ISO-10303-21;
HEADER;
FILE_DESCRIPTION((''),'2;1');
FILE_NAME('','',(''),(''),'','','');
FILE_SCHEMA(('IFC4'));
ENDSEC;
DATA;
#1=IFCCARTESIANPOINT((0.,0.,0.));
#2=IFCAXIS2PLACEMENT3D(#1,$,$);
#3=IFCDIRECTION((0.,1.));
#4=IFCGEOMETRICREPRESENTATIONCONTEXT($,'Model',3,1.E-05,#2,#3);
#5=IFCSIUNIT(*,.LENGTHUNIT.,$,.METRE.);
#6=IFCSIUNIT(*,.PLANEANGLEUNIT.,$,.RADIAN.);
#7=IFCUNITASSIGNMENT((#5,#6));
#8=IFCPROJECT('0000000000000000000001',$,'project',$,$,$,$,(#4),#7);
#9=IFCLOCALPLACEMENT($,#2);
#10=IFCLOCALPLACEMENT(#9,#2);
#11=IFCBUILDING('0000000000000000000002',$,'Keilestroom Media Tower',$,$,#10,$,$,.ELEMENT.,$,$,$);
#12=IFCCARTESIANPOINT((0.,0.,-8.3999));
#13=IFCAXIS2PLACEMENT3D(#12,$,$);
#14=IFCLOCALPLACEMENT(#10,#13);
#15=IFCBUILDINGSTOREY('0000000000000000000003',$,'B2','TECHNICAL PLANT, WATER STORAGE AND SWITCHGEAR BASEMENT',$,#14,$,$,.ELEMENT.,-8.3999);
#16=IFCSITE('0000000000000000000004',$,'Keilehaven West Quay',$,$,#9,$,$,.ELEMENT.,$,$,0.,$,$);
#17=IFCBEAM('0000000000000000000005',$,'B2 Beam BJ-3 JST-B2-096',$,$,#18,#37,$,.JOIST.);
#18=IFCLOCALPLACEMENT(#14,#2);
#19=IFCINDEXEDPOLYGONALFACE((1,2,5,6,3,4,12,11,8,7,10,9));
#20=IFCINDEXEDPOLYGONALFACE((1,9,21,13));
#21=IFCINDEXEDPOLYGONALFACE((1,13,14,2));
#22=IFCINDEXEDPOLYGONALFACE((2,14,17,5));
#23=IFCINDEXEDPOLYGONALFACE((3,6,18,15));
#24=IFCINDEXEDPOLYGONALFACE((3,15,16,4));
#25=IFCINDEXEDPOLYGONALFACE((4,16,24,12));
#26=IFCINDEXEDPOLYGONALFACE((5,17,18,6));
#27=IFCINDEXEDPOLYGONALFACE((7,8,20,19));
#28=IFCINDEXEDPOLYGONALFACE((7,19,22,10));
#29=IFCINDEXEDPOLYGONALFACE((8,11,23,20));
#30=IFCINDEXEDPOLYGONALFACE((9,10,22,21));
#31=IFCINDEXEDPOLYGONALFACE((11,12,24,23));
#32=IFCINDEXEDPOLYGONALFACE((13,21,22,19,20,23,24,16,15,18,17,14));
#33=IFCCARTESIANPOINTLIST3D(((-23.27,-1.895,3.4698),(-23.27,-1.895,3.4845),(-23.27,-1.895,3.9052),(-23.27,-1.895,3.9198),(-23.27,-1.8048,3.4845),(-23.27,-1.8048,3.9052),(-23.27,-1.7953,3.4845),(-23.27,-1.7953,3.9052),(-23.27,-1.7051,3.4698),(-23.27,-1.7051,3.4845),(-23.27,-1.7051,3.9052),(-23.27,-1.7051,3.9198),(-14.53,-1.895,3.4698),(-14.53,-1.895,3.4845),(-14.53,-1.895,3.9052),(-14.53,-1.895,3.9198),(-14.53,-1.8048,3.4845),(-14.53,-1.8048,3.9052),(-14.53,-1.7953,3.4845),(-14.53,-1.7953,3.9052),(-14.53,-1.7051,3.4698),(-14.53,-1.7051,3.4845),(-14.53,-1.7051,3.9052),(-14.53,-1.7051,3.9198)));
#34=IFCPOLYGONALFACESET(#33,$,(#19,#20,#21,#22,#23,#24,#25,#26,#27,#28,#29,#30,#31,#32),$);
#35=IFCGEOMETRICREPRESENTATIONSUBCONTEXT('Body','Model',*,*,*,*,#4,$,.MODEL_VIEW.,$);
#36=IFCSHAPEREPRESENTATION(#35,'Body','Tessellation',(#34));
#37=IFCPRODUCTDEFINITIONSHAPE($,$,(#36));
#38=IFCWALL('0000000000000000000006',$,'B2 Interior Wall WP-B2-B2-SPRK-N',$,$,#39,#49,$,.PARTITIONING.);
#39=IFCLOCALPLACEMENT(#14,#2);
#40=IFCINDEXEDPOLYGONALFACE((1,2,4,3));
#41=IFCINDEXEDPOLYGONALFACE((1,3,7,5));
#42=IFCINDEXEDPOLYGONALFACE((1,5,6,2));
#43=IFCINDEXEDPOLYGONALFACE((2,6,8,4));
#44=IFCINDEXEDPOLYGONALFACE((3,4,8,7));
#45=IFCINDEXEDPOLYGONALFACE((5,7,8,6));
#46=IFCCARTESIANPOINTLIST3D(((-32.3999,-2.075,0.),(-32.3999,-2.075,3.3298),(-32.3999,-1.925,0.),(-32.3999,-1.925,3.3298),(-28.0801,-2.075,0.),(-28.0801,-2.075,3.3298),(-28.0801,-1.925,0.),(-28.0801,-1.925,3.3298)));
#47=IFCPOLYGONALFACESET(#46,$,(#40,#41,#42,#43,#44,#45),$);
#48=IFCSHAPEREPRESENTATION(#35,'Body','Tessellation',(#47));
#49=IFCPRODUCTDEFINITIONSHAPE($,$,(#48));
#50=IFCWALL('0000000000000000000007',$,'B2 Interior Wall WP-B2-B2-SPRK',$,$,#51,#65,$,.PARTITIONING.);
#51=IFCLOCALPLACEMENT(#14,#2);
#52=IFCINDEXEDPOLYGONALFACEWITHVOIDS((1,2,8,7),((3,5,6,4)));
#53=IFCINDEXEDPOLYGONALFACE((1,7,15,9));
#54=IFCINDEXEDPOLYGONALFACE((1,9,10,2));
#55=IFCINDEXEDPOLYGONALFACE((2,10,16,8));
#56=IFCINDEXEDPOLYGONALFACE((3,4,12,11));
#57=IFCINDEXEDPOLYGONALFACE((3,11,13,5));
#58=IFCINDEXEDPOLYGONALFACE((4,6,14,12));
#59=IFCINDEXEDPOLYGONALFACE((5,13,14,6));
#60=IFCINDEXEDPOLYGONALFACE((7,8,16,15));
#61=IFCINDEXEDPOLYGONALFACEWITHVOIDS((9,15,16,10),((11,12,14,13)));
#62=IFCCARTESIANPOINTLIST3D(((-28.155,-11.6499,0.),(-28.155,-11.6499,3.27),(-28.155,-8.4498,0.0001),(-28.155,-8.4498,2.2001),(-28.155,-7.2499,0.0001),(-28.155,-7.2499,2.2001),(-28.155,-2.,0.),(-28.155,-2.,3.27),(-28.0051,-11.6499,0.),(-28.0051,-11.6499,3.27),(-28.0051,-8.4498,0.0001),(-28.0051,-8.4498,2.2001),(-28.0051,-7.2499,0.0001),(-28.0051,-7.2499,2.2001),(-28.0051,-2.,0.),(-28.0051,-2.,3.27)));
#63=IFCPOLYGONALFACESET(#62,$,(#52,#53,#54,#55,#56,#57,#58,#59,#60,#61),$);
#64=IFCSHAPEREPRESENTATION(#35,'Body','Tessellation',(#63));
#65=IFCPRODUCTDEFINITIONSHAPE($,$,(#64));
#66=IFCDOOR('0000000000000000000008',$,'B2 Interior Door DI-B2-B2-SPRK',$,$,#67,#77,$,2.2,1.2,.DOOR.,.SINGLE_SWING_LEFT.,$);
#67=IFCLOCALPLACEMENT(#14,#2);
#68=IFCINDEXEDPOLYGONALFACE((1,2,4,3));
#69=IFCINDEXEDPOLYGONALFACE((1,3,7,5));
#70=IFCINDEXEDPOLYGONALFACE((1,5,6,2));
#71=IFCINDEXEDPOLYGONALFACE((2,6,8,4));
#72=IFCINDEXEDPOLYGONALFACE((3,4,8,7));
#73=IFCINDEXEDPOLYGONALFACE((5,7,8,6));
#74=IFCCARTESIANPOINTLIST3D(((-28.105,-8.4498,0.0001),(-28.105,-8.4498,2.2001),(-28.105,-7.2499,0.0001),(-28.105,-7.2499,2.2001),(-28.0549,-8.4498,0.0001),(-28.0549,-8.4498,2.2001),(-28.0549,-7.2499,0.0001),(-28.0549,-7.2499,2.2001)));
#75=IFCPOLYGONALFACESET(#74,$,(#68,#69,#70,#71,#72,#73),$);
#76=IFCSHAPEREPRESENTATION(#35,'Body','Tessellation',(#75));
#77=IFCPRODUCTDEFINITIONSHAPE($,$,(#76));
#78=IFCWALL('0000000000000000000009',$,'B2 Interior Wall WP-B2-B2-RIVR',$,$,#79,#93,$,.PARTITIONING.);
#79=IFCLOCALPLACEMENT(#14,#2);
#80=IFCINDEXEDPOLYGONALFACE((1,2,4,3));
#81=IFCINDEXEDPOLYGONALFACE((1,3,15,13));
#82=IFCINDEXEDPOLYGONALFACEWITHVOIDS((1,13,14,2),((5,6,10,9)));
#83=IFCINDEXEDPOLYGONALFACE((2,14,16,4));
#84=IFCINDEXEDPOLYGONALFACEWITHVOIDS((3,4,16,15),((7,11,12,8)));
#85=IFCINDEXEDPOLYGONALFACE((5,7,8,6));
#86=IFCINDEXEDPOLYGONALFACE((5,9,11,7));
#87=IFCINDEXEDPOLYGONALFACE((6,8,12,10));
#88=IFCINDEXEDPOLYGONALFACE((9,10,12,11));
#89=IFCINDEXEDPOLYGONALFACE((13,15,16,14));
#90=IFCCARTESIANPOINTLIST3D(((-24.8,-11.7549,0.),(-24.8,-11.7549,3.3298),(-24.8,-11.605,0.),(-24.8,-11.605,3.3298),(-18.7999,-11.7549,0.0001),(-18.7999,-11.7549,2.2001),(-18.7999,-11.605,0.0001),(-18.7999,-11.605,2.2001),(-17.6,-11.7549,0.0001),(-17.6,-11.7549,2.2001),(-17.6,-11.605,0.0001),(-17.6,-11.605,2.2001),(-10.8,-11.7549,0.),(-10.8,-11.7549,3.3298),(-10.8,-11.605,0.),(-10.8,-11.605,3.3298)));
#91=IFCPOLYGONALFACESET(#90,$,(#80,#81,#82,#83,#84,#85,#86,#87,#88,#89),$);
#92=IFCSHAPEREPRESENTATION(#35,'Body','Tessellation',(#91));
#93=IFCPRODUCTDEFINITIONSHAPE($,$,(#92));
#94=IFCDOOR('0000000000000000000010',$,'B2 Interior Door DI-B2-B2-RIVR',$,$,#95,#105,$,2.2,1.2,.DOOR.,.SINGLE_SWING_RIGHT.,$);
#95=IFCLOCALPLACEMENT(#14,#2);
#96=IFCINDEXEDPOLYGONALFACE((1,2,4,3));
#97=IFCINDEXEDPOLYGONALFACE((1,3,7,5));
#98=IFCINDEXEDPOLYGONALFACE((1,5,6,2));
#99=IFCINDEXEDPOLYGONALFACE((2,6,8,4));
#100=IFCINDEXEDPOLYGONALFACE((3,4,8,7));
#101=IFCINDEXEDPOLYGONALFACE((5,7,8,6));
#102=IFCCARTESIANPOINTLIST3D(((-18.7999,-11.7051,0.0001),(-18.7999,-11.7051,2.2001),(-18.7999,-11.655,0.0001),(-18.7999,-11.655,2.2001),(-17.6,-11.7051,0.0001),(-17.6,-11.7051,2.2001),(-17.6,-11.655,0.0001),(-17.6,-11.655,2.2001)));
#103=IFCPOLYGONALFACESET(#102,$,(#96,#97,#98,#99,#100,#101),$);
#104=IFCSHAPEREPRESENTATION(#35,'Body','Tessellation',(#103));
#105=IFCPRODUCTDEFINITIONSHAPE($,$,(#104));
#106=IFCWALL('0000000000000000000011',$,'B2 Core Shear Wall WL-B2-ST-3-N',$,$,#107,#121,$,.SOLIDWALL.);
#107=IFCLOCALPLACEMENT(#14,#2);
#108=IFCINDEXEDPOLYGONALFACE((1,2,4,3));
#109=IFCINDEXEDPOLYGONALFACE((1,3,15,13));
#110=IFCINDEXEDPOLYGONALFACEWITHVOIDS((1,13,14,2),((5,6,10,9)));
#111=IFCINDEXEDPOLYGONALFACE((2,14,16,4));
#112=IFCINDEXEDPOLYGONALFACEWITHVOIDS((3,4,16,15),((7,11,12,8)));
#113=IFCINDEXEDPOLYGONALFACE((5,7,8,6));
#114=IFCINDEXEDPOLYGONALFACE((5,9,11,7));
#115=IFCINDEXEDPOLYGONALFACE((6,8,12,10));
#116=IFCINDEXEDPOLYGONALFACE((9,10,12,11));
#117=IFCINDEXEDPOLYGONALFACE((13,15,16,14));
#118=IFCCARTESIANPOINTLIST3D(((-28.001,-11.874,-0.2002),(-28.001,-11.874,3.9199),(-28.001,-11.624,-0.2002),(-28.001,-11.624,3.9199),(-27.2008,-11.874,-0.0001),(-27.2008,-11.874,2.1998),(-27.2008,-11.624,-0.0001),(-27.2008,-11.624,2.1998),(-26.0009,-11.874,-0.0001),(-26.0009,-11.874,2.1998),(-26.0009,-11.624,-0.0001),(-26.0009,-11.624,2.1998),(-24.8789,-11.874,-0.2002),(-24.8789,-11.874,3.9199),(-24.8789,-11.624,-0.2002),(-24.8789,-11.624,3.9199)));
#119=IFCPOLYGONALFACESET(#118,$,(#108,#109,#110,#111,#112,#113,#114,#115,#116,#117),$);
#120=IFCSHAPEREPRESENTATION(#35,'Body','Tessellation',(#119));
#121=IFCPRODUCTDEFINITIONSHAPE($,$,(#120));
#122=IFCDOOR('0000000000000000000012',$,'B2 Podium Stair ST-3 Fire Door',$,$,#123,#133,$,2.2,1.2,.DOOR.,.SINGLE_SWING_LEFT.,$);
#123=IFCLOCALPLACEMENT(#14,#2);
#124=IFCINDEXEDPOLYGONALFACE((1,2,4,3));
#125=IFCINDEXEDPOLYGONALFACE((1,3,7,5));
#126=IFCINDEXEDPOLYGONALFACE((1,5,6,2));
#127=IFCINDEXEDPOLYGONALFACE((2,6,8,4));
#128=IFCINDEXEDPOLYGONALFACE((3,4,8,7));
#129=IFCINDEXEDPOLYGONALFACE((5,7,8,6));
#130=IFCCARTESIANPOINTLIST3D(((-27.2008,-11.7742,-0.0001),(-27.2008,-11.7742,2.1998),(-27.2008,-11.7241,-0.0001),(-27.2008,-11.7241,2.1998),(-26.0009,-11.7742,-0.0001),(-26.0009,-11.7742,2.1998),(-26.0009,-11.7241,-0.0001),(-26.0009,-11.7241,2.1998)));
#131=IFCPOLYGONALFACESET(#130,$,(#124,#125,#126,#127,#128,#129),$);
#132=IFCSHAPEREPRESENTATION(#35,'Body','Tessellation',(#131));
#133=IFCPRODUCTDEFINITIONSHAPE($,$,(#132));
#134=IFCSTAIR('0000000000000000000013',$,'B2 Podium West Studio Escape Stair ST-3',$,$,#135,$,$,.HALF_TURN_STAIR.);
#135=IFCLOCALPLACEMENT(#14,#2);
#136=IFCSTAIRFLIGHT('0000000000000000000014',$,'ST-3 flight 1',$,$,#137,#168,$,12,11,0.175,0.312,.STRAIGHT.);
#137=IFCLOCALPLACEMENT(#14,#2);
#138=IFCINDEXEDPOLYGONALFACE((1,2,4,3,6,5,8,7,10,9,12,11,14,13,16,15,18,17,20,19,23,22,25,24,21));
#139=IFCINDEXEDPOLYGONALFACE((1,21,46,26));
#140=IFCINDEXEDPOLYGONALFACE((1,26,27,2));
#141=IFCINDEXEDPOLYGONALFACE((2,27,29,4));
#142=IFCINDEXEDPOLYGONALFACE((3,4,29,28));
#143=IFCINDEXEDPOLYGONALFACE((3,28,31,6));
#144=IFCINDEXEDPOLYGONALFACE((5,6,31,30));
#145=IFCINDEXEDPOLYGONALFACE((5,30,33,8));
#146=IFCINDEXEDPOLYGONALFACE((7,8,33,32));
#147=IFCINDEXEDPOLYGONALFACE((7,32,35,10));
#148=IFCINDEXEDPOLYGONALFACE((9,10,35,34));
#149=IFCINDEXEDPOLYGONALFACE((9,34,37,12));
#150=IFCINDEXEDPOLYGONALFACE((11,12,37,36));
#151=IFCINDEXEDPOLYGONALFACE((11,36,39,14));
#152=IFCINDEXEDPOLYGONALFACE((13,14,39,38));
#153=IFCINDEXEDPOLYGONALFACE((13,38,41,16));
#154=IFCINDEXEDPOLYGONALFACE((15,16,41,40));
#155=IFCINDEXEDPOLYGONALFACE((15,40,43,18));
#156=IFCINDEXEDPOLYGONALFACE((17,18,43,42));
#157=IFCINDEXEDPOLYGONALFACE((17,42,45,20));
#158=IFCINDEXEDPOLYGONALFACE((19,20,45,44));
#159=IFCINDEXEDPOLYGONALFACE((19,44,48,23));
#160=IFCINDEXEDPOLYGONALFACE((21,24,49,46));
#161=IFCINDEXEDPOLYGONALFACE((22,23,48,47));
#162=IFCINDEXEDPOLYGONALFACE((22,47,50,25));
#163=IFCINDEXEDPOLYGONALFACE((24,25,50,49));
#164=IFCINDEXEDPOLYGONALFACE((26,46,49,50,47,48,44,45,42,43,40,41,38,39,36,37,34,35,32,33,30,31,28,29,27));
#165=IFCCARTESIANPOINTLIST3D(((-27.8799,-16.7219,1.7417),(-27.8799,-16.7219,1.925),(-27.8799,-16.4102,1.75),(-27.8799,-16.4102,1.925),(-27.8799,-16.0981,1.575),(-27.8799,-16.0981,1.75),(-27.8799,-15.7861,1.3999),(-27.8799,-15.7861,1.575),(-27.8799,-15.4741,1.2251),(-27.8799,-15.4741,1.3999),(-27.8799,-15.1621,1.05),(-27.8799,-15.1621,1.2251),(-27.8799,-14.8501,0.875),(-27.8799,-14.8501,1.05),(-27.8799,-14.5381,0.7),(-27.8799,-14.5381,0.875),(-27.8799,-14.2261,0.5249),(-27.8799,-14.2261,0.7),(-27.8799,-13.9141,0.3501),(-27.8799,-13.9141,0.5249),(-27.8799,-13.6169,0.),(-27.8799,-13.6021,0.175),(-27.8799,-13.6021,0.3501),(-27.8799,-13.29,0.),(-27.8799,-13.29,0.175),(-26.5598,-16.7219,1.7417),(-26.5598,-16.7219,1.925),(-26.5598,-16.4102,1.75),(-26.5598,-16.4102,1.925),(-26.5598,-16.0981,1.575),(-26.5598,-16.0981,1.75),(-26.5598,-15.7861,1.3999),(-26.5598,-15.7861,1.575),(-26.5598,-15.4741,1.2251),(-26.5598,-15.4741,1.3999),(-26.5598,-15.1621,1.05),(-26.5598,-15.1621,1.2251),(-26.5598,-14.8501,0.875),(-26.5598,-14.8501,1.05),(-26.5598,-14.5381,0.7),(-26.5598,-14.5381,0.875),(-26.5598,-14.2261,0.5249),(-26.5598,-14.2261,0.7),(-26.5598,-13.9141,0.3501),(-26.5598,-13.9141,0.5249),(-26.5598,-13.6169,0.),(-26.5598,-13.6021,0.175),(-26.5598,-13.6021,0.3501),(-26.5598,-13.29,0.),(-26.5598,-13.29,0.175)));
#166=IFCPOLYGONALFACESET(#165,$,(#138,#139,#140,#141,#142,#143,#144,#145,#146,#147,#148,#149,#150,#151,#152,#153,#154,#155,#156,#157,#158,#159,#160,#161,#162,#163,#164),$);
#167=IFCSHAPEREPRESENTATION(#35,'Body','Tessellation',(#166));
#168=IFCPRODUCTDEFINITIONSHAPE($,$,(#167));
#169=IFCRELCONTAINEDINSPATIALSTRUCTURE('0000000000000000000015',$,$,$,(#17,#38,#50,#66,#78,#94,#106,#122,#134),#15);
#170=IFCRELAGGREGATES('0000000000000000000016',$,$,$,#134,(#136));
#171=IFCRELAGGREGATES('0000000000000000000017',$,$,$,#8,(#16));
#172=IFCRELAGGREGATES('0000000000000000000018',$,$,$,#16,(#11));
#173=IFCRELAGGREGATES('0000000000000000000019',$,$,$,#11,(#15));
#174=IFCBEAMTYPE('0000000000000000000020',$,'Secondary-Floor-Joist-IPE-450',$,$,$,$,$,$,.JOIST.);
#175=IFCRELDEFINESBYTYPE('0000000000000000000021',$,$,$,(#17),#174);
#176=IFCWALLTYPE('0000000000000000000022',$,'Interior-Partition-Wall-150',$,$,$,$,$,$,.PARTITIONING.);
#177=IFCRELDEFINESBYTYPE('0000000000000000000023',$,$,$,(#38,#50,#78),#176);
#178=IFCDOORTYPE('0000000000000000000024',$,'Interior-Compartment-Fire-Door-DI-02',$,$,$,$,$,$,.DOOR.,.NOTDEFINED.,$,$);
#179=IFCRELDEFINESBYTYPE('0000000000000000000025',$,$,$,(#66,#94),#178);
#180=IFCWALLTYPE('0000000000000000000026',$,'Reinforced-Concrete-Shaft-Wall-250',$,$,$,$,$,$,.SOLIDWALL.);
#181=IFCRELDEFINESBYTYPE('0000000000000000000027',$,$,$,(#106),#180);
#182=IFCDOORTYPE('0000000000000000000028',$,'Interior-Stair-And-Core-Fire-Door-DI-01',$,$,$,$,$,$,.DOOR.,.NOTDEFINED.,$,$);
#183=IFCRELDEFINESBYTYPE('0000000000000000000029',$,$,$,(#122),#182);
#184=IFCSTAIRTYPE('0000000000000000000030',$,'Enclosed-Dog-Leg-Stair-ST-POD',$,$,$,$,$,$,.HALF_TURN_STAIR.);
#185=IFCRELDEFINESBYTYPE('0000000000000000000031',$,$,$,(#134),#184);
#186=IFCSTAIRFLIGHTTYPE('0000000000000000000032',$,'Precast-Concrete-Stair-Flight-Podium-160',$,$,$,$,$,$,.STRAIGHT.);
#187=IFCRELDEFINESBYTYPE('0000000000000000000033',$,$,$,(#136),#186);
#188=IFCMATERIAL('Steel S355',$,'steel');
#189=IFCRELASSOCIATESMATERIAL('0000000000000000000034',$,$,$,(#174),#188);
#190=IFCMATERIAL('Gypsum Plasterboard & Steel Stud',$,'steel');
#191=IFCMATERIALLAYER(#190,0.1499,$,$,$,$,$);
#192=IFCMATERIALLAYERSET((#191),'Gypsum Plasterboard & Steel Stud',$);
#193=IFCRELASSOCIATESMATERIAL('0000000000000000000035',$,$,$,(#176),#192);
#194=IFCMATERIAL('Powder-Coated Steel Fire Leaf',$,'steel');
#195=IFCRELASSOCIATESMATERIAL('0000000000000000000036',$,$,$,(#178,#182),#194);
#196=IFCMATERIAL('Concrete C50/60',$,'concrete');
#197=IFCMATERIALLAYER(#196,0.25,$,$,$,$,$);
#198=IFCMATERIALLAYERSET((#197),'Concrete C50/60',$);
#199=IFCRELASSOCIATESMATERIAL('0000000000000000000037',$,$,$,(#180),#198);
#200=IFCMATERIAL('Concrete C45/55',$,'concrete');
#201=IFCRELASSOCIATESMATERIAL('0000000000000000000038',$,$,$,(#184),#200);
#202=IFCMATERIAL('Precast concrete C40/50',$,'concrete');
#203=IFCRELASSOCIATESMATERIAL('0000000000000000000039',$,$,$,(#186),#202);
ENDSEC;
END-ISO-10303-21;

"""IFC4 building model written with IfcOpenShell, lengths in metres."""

from ifc_helpers import new_model, si_unit, direction, frame, frame_2d, origin, origin_2d, place, context, subcontext, project, spatial, polyline, rectangle, i_section, outline, extrude, source, transform, mapped, material, layer, layer_set, material_profile, profile_set, type_object, element, fill, aggregate, save


model = new_model("IFC4")

# Units and contexts
model_context = context("Model", 3, precision=1e-05, world=origin(), true_north=direction((0.0, 1.0)))
body_context = subcontext(model_context, "Body", "Model", "MODEL_VIEW")
ifc_project = project(units=[si_unit("LENGTHUNIT", "METRE"), si_unit("PLANEANGLEUNIT", "RADIAN")], contexts=[model_context])

# Site, building, storey
site_placement = place(None, origin())
site = spatial("IfcSite", under=ifc_project, at=site_placement, Name="Keilehaven West Quay", CompositionType="ELEMENT", RefElevation=0.0)
building_placement = place(site_placement, origin())
building = spatial("IfcBuilding", under=site, at=building_placement, Name="Keilestroom Media Tower", CompositionType="ELEMENT")
storey_placement = place(building_placement, frame((0.0, 0.0, -8.3999)))
storey = spatial("IfcBuildingStorey", under=building, at=storey_placement, Name="B2", Description="TECHNICAL PLANT, WATER STORAGE AND SWITCHGEAR BASEMENT", CompositionType="ELEMENT", Elevation=-8.3999)

# Shared definitions
ifc_material_1 = material(Name="Concrete C45/55", Category="concrete")

# Shared definitions
ifc_material_2 = material(Name="Precast concrete C40/50", Category="concrete")

# Beam
ifc_material_3 = material(Name="Steel S355", Category="steel")
ifc_material_profile_1 = material_profile(ifc_material_3, i_section(OverallWidth=0.1899, OverallDepth=0.45, WebThickness=0.0095, FlangeThickness=0.0146, at=origin_2d()), Name="IPE 450")
ifc_profile_set_1 = profile_set([ifc_material_profile_1], Name="Steel S355")
beam_type_1 = type_object("IfcBeamType", Name="Secondary-Floor-Joist-IPE-450", PredefinedType="JOIST", material=ifc_profile_set_1)
shared_shape_1 = source(origin(), body_context, "Body", "SweptSolid", [
    extrude(i_section(OverallWidth=0.1899, OverallDepth=0.45, WebThickness=0.0095, FlangeThickness=0.0146, at=origin_2d()), origin(), (0.0, 0.0, 1.0), 8.74),
])
beam_1_placement = place(storey_placement, frame((-23.27, -1.8, 3.6948), z_axis=(1.0, 0.0, 0.0), x_axis=(0.0, 1.0, 0.0)))
element("IfcBeam", 1, at=beam_1_placement, inside=storey, type_object=beam_type_1, Name="B2 Beam BJ-3 JST-B2-096", PredefinedType="JOIST", context=body_context, shape_type="MappedRepresentation", body=[
    mapped(shared_shape_1, transform((0.0, 0.0, 0.0), x_axis=(1.0, 0.0, 0.0), y_axis=(0.0, 1.0, 0.0), z_axis=(0.0, 0.0, 1.0), scale=1.0)),
])

# Wall
ifc_material_4 = material(Name="Gypsum Plasterboard & Steel Stud", Category="steel")
ifc_layer_1 = layer(ifc_material_4, 0.1499)
ifc_layer_set_1 = layer_set([ifc_layer_1], Name="Gypsum Plasterboard & Steel Stud")
wall_type_1 = type_object("IfcWallType", Name="Interior-Partition-Wall-150", PredefinedType="PARTITIONING", material=ifc_layer_set_1)
wall_1_placement = place(storey_placement, frame((-32.3999, -2.0, 0.0), z_axis=(0.0, 0.0, 1.0), x_axis=(1.0, 0.0, 0.0)))
element("IfcWall", 2, at=wall_1_placement, inside=storey, type_object=wall_type_1, Name="B2 Interior Wall WP-B2-B2-SPRK-N", PredefinedType="PARTITIONING", context=body_context, shape_type="SweptSolid", body=[
    extrude(rectangle(XDim=4.3198, YDim=0.1499, at=frame_2d((2.1599, 0.0))), origin(), (0.0, 0.0, 1.0), 3.3298),
])

# Walls, openings, doors
wall_2_placement = place(storey_placement, frame((-28.0801, -11.6499, 0.0), z_axis=(0.0, 0.0, 1.0), x_axis=(0.0, 1.0, 0.0)))
wall_2 = element("IfcWall", 3, at=wall_2_placement, inside=storey, type_object=wall_type_1, Name="B2 Interior Wall WP-B2-B2-SPRK", PredefinedType="PARTITIONING", context=body_context, shape_type="SweptSolid", body=[
    extrude(rectangle(XDim=9.6499, YDim=0.1499, at=frame_2d((4.825, 0.0))), origin(), (0.0, 0.0, 1.0), 3.27),
])
opening_1_placement = place(wall_2_placement, frame((3.2, 0.0, 0.0)))
opening_1 = element("IfcOpeningElement", 4, at=opening_1_placement, cuts=wall_2, PredefinedType="OPENING", context=body_context, shape_type="SweptSolid", body=[
    extrude(rectangle(XDim=1.2, YDim=2.2, at=frame_2d((0.6001, 1.1001))), frame((0.0, 0.085, 0.0), z_axis=(0.0, -1.0, 0.0), x_axis=(1.0, 0.0, 0.0)), (0.0, 0.0, 1.0), 0.1699),
])
ifc_material_5 = material(Name="Powder-Coated Steel Fire Leaf", Category="steel")
door_type_1 = type_object("IfcDoorType", Name="Interior-Compartment-Fire-Door-DI-02", OperationType="NOTDEFINED", PredefinedType="DOOR", material=ifc_material_5)
shared_shape_2 = source(origin(), body_context, "Body", "SweptSolid", [
    extrude(rectangle(XDim=1.2, YDim=2.2, at=frame_2d((0.6001, 1.1001))), frame((0.0, 0.0249, 0.0), z_axis=(0.0, -1.0, 0.0), x_axis=(1.0, 0.0, 0.0)), (0.0, 0.0, 1.0), 0.05),
])
door_1_placement = place(opening_1_placement, origin())
door_1 = element("IfcDoor", 5, at=door_1_placement, inside=storey, type_object=door_type_1, Name="B2 Interior Door DI-B2-B2-SPRK", OperationType="SINGLE_SWING_LEFT", OverallHeight=2.2, OverallWidth=1.2, PredefinedType="DOOR", context=body_context, shape_type="MappedRepresentation", body=[
    mapped(shared_shape_2, transform((0.0, 0.0, 0.0), x_axis=(1.0, 0.0, 0.0), y_axis=(0.0, 1.0, 0.0), z_axis=(0.0, 0.0, 1.0), scale=1.0)),
])
fill(opening_1, door_1)
wall_3_placement = place(storey_placement, frame((-24.8, -11.6799, 0.0), z_axis=(0.0, 0.0, 1.0), x_axis=(1.0, 0.0, 0.0)))
wall_3 = element("IfcWall", 6, at=wall_3_placement, inside=storey, type_object=wall_type_1, Name="B2 Interior Wall WP-B2-B2-RIVR", PredefinedType="PARTITIONING", context=body_context, shape_type="SweptSolid", body=[
    extrude(rectangle(XDim=14.0, YDim=0.1499, at=frame_2d((7.0, 0.0))), origin(), (0.0, 0.0, 1.0), 3.3298),
])
opening_2_placement = place(wall_3_placement, frame((6.0, 0.0, 0.0)))
opening_2 = element("IfcOpeningElement", 7, at=opening_2_placement, cuts=wall_3, PredefinedType="OPENING", context=body_context, shape_type="SweptSolid", body=[
    extrude(rectangle(XDim=1.2, YDim=2.2, at=frame_2d((0.6001, 1.1001))), frame((0.0, 0.085, 0.0), z_axis=(0.0, -1.0, 0.0), x_axis=(1.0, 0.0, 0.0)), (0.0, 0.0, 1.0), 0.1699),
])
door_2_placement = place(opening_2_placement, origin())
door_2 = element("IfcDoor", 8, at=door_2_placement, inside=storey, type_object=door_type_1, Name="B2 Interior Door DI-B2-B2-RIVR", OperationType="SINGLE_SWING_RIGHT", OverallHeight=2.2, OverallWidth=1.2, PredefinedType="DOOR", context=body_context, shape_type="MappedRepresentation", body=[
    mapped(shared_shape_2, transform((0.0, 0.0, 0.0), x_axis=(1.0, 0.0, 0.0), y_axis=(0.0, 1.0, 0.0), z_axis=(0.0, 0.0, 1.0), scale=1.0)),
])
fill(opening_2, door_2)
ifc_material_6 = material(Name="Concrete C50/60", Category="concrete")
ifc_layer_2 = layer(ifc_material_6, 0.25)
ifc_layer_set_2 = layer_set([ifc_layer_2], Name="Concrete C50/60")
wall_type_2 = type_object("IfcWallType", Name="Reinforced-Concrete-Shaft-Wall-250", PredefinedType="SOLIDWALL", material=ifc_layer_set_2)
wall_4_placement = place(storey_placement, frame((-28.001, -11.749, -0.2002), z_axis=(0.0, 0.0, 1.0), x_axis=(1.0, 0.0, 0.0)))
wall_4 = element("IfcWall", 9, at=wall_4_placement, inside=storey, type_object=wall_type_2, Name="B2 Core Shear Wall WL-B2-ST-3-N", PredefinedType="SOLIDWALL", context=body_context, shape_type="SweptSolid", body=[
    extrude(rectangle(XDim=3.1221, YDim=0.25, at=frame_2d((1.561, 0.0))), origin(), (0.0, 0.0, 1.0), 4.1201),
])
opening_3_placement = place(wall_4_placement, frame((0.8, 0.0, 0.2)))
opening_3 = element("IfcOpeningElement", 10, at=opening_3_placement, cuts=wall_4, PredefinedType="OPENING", context=body_context, shape_type="SweptSolid", body=[
    extrude(rectangle(XDim=1.2, YDim=2.2, at=frame_2d((0.6001, 1.1001))), frame((0.0, 0.135, 0.0), z_axis=(0.0, -1.0, 0.0), x_axis=(1.0, 0.0, 0.0)), (0.0, 0.0, 1.0), 0.27),
])
door_type_2 = type_object("IfcDoorType", Name="Interior-Stair-And-Core-Fire-Door-DI-01", OperationType="NOTDEFINED", PredefinedType="DOOR", material=ifc_material_5)
door_3_placement = place(opening_3_placement, origin())
door_3 = element("IfcDoor", 11, at=door_3_placement, inside=storey, type_object=door_type_2, Name="B2 Podium Stair ST-3 Fire Door", OperationType="SINGLE_SWING_LEFT", OverallHeight=2.2, OverallWidth=1.2, PredefinedType="DOOR", context=body_context, shape_type="MappedRepresentation", body=[
    mapped(shared_shape_2, transform((0.0, 0.0, 0.0), x_axis=(1.0, 0.0, 0.0), y_axis=(0.0, 1.0, 0.0), z_axis=(0.0, 0.0, 1.0), scale=1.0)),
])
fill(opening_3, door_3)

# Stair, stair flight
stair_type = type_object("IfcStairType", Name="Enclosed-Dog-Leg-Stair-ST-POD", PredefinedType="HALF_TURN_STAIR", material=ifc_material_1)
stair_placement = place(storey_placement, origin())
stair = element("IfcStair", 12, at=stair_placement, inside=storey, type_object=stair_type, Name="B2 Podium West Studio Escape Stair ST-3", PredefinedType="HALF_TURN_STAIR")
stair_flight_type = type_object("IfcStairFlightType", Name="Precast-Concrete-Stair-Flight-Podium-160", PredefinedType="STRAIGHT", material=ifc_material_2)
stair_flight_placement = place(storey_placement, frame((-27.22, -13.29, 0.0), z_axis=(0.0, 0.0, 1.0), x_axis=(0.0, -1.0, 0.0)))
stair_flight = element("IfcStairFlight", 13, at=stair_flight_placement, type_object=stair_flight_type, Name="ST-3 flight 1", NumberOfRisers=12, NumberOfTreads=11, PredefinedType="STRAIGHT", RiserHeight=0.175, TreadLength=0.312, context=body_context, shape_type="SweptSolid", body=[
    extrude(outline(polyline([(0.0, 0.0), (0.0, 0.175), (0.312, 0.175), (0.312, 0.3501), (0.624, 0.3501), (0.624, 0.5249), (0.936, 0.5249), (0.936, 0.7), (1.248, 0.7), (1.248, 0.875), (1.5601, 0.875), (1.5601, 1.05), (1.8721, 1.05), (1.8721, 1.2251), (2.1841, 1.2251), (2.1841, 1.3999), (2.4961, 1.3999), (2.4961, 1.575), (2.8081, 1.575), (2.8081, 1.75), (3.1201, 1.75), (3.1201, 1.925), (3.4319, 1.925), (3.4319, 2.1001), (3.4319, 1.7417), (0.3269, 0.0), (0.0, 0.0)])), frame((0.0, 0.6602, 0.0), z_axis=(0.0, -1.0, 0.0), x_axis=(1.0, 0.0, 0.0)), (0.0, 0.0, 1.0), 1.3201),
])
aggregate(stair, [stair_flight])

save(model, "model.ifc")
